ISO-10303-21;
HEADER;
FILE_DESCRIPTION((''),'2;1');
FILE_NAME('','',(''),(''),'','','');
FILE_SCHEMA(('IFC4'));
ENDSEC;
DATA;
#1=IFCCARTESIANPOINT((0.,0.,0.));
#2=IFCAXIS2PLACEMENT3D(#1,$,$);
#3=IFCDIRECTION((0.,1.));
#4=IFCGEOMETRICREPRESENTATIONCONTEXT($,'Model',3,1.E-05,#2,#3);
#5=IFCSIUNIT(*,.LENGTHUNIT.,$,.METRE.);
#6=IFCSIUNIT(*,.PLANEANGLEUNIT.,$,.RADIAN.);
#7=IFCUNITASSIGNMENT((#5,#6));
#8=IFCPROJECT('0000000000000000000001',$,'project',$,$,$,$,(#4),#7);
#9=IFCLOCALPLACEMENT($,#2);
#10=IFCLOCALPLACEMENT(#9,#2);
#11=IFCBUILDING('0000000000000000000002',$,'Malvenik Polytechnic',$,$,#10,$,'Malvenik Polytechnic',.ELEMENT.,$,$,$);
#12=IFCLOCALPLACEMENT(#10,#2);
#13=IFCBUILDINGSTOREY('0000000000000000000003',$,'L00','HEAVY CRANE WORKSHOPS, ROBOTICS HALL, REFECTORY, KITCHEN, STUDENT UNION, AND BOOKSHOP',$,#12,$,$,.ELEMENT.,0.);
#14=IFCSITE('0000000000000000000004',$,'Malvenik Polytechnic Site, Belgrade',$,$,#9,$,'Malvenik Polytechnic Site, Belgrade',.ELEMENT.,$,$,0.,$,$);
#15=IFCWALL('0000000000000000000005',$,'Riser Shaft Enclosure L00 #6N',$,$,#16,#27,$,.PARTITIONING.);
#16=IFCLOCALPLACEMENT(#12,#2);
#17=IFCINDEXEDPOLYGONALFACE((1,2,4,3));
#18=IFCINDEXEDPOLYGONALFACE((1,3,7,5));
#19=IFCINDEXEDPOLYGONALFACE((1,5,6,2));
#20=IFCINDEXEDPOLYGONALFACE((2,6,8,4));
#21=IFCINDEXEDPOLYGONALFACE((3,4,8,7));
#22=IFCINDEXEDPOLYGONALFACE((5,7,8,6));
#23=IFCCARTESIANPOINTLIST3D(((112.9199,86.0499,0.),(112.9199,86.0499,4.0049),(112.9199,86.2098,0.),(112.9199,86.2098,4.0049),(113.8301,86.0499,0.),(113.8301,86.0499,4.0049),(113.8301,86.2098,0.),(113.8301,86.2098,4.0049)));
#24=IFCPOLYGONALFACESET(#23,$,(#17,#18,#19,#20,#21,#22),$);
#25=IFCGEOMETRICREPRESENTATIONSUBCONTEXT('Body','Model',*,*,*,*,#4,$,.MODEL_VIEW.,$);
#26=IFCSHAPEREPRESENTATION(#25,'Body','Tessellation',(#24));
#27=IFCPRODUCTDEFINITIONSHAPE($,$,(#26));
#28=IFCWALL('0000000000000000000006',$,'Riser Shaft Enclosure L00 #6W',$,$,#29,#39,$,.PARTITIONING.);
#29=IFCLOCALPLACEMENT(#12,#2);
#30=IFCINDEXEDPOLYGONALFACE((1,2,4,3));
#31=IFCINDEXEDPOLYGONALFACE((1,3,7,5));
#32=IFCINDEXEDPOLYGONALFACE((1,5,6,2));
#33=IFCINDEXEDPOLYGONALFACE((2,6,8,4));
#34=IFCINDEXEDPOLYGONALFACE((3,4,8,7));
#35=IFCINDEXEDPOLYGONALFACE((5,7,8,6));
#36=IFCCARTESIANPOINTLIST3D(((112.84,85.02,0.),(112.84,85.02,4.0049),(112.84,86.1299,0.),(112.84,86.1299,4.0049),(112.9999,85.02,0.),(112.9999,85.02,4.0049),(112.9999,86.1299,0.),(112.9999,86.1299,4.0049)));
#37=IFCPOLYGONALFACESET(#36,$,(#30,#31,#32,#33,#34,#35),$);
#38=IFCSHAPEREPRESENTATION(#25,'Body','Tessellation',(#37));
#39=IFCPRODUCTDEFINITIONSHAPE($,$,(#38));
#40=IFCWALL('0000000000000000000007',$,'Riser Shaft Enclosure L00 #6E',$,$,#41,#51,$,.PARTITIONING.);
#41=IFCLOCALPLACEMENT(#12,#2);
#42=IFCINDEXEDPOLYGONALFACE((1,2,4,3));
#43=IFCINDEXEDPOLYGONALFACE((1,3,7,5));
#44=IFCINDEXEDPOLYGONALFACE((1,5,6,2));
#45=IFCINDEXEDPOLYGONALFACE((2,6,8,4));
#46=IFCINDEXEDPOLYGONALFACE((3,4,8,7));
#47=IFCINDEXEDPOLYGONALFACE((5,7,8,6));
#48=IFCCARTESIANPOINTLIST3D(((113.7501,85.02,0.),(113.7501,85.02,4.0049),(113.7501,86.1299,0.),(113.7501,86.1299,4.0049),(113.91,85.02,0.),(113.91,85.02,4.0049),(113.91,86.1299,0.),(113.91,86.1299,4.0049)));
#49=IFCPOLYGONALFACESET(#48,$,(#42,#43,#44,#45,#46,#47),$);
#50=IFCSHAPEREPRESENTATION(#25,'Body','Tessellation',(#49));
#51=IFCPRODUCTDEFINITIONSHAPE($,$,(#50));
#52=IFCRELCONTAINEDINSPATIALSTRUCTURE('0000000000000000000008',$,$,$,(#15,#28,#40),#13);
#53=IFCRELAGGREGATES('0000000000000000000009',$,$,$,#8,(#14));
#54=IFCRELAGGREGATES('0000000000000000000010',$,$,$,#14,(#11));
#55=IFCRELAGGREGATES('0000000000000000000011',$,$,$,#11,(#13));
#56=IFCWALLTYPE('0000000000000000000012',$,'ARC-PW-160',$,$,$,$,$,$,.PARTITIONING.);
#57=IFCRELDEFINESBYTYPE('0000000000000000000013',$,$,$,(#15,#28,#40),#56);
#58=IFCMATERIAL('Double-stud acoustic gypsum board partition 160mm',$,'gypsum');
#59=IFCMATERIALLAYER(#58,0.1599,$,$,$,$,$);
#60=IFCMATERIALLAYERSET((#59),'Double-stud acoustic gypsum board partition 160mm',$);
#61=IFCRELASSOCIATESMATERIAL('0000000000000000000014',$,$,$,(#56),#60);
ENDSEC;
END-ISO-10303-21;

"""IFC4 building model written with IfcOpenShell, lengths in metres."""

from ifc_helpers import new_model, si_unit, direction, frame, frame_2d, origin, place, context, subcontext, project, spatial, rectangle, extrude, material, layer, layer_set, type_object, element, save


model = new_model("IFC4")

# Units and contexts
model_context = context("Model", 3, precision=1e-05, world=origin(), true_north=direction((0.0, 1.0)))
body_context = subcontext(model_context, "Body", "Model", "MODEL_VIEW")
ifc_project = project(units=[si_unit("LENGTHUNIT", "METRE"), si_unit("PLANEANGLEUNIT", "RADIAN")], contexts=[model_context])

# Site, building, storey
site_placement = place(None, origin())
site = spatial("IfcSite", under=ifc_project, at=site_placement, Name="Malvenik Polytechnic Site, Belgrade", LongName="Malvenik Polytechnic Site, Belgrade", CompositionType="ELEMENT", RefElevation=0.0)
building_placement = place(site_placement, origin())
building = spatial("IfcBuilding", under=site, at=building_placement, Name="Malvenik Polytechnic", LongName="Malvenik Polytechnic", CompositionType="ELEMENT")
storey_placement = place(building_placement, origin())
storey = spatial("IfcBuildingStorey", under=building, at=storey_placement, Name="L00", Description="HEAVY CRANE WORKSHOPS, ROBOTICS HALL, REFECTORY, KITCHEN, STUDENT UNION, AND BOOKSHOP", CompositionType="ELEMENT", Elevation=0.0)

# Walls
ifc_material_1 = material(Name="Double-stud acoustic gypsum board partition 160mm", Category="gypsum")
ifc_layer_1 = layer(ifc_material_1, 0.1599)
ifc_layer_set_1 = layer_set([ifc_layer_1], Name="Double-stud acoustic gypsum board partition 160mm")
wall_type_1 = type_object("IfcWallType", Name="ARC-PW-160", PredefinedType="PARTITIONING", material=ifc_layer_set_1)
wall_1_placement = place(storey_placement, frame((113.8301, 86.1299, 0.0), z_axis=(0.0, 0.0, 1.0), x_axis=(-1.0, 0.0, 0.0)))
element("IfcWall", 1, at=wall_1_placement, inside=storey, type_object=wall_type_1, Name="Riser Shaft Enclosure L00 #6N", PredefinedType="PARTITIONING", context=body_context, shape_type="SweptSolid", body=[
    extrude(rectangle(XDim=0.9102, YDim=0.1599, at=frame_2d((0.4551, 0.0))), origin(), (0.0, 0.0, 1.0), 4.0049),
])
for number, where, z_axis, x_axis, name in (
    (2, (112.9199, 86.1299, 0.0), (0.0, 0.0, 1.0), (0.0, -1.0, 0.0), "Riser Shaft Enclosure L00 #6W"),
    (3, (113.8301, 85.02, 0.0), (0.0, 0.0, 1.0), (0.0, 1.0, 0.0), "Riser Shaft Enclosure L00 #6E"),
):
    element("IfcWall", number, at=place(storey_placement, frame(where, z_axis=z_axis, x_axis=x_axis)), inside=storey, type_object=wall_type_1, Name=name, PredefinedType="PARTITIONING", context=body_context, shape_type="SweptSolid", body=[
        extrude(rectangle(XDim=1.1099, YDim=0.1599, at=frame_2d((0.5549, 0.0))), origin(), (0.0, 0.0, 1.0), 4.0049),
    ])

save(model, "model.ifc")
